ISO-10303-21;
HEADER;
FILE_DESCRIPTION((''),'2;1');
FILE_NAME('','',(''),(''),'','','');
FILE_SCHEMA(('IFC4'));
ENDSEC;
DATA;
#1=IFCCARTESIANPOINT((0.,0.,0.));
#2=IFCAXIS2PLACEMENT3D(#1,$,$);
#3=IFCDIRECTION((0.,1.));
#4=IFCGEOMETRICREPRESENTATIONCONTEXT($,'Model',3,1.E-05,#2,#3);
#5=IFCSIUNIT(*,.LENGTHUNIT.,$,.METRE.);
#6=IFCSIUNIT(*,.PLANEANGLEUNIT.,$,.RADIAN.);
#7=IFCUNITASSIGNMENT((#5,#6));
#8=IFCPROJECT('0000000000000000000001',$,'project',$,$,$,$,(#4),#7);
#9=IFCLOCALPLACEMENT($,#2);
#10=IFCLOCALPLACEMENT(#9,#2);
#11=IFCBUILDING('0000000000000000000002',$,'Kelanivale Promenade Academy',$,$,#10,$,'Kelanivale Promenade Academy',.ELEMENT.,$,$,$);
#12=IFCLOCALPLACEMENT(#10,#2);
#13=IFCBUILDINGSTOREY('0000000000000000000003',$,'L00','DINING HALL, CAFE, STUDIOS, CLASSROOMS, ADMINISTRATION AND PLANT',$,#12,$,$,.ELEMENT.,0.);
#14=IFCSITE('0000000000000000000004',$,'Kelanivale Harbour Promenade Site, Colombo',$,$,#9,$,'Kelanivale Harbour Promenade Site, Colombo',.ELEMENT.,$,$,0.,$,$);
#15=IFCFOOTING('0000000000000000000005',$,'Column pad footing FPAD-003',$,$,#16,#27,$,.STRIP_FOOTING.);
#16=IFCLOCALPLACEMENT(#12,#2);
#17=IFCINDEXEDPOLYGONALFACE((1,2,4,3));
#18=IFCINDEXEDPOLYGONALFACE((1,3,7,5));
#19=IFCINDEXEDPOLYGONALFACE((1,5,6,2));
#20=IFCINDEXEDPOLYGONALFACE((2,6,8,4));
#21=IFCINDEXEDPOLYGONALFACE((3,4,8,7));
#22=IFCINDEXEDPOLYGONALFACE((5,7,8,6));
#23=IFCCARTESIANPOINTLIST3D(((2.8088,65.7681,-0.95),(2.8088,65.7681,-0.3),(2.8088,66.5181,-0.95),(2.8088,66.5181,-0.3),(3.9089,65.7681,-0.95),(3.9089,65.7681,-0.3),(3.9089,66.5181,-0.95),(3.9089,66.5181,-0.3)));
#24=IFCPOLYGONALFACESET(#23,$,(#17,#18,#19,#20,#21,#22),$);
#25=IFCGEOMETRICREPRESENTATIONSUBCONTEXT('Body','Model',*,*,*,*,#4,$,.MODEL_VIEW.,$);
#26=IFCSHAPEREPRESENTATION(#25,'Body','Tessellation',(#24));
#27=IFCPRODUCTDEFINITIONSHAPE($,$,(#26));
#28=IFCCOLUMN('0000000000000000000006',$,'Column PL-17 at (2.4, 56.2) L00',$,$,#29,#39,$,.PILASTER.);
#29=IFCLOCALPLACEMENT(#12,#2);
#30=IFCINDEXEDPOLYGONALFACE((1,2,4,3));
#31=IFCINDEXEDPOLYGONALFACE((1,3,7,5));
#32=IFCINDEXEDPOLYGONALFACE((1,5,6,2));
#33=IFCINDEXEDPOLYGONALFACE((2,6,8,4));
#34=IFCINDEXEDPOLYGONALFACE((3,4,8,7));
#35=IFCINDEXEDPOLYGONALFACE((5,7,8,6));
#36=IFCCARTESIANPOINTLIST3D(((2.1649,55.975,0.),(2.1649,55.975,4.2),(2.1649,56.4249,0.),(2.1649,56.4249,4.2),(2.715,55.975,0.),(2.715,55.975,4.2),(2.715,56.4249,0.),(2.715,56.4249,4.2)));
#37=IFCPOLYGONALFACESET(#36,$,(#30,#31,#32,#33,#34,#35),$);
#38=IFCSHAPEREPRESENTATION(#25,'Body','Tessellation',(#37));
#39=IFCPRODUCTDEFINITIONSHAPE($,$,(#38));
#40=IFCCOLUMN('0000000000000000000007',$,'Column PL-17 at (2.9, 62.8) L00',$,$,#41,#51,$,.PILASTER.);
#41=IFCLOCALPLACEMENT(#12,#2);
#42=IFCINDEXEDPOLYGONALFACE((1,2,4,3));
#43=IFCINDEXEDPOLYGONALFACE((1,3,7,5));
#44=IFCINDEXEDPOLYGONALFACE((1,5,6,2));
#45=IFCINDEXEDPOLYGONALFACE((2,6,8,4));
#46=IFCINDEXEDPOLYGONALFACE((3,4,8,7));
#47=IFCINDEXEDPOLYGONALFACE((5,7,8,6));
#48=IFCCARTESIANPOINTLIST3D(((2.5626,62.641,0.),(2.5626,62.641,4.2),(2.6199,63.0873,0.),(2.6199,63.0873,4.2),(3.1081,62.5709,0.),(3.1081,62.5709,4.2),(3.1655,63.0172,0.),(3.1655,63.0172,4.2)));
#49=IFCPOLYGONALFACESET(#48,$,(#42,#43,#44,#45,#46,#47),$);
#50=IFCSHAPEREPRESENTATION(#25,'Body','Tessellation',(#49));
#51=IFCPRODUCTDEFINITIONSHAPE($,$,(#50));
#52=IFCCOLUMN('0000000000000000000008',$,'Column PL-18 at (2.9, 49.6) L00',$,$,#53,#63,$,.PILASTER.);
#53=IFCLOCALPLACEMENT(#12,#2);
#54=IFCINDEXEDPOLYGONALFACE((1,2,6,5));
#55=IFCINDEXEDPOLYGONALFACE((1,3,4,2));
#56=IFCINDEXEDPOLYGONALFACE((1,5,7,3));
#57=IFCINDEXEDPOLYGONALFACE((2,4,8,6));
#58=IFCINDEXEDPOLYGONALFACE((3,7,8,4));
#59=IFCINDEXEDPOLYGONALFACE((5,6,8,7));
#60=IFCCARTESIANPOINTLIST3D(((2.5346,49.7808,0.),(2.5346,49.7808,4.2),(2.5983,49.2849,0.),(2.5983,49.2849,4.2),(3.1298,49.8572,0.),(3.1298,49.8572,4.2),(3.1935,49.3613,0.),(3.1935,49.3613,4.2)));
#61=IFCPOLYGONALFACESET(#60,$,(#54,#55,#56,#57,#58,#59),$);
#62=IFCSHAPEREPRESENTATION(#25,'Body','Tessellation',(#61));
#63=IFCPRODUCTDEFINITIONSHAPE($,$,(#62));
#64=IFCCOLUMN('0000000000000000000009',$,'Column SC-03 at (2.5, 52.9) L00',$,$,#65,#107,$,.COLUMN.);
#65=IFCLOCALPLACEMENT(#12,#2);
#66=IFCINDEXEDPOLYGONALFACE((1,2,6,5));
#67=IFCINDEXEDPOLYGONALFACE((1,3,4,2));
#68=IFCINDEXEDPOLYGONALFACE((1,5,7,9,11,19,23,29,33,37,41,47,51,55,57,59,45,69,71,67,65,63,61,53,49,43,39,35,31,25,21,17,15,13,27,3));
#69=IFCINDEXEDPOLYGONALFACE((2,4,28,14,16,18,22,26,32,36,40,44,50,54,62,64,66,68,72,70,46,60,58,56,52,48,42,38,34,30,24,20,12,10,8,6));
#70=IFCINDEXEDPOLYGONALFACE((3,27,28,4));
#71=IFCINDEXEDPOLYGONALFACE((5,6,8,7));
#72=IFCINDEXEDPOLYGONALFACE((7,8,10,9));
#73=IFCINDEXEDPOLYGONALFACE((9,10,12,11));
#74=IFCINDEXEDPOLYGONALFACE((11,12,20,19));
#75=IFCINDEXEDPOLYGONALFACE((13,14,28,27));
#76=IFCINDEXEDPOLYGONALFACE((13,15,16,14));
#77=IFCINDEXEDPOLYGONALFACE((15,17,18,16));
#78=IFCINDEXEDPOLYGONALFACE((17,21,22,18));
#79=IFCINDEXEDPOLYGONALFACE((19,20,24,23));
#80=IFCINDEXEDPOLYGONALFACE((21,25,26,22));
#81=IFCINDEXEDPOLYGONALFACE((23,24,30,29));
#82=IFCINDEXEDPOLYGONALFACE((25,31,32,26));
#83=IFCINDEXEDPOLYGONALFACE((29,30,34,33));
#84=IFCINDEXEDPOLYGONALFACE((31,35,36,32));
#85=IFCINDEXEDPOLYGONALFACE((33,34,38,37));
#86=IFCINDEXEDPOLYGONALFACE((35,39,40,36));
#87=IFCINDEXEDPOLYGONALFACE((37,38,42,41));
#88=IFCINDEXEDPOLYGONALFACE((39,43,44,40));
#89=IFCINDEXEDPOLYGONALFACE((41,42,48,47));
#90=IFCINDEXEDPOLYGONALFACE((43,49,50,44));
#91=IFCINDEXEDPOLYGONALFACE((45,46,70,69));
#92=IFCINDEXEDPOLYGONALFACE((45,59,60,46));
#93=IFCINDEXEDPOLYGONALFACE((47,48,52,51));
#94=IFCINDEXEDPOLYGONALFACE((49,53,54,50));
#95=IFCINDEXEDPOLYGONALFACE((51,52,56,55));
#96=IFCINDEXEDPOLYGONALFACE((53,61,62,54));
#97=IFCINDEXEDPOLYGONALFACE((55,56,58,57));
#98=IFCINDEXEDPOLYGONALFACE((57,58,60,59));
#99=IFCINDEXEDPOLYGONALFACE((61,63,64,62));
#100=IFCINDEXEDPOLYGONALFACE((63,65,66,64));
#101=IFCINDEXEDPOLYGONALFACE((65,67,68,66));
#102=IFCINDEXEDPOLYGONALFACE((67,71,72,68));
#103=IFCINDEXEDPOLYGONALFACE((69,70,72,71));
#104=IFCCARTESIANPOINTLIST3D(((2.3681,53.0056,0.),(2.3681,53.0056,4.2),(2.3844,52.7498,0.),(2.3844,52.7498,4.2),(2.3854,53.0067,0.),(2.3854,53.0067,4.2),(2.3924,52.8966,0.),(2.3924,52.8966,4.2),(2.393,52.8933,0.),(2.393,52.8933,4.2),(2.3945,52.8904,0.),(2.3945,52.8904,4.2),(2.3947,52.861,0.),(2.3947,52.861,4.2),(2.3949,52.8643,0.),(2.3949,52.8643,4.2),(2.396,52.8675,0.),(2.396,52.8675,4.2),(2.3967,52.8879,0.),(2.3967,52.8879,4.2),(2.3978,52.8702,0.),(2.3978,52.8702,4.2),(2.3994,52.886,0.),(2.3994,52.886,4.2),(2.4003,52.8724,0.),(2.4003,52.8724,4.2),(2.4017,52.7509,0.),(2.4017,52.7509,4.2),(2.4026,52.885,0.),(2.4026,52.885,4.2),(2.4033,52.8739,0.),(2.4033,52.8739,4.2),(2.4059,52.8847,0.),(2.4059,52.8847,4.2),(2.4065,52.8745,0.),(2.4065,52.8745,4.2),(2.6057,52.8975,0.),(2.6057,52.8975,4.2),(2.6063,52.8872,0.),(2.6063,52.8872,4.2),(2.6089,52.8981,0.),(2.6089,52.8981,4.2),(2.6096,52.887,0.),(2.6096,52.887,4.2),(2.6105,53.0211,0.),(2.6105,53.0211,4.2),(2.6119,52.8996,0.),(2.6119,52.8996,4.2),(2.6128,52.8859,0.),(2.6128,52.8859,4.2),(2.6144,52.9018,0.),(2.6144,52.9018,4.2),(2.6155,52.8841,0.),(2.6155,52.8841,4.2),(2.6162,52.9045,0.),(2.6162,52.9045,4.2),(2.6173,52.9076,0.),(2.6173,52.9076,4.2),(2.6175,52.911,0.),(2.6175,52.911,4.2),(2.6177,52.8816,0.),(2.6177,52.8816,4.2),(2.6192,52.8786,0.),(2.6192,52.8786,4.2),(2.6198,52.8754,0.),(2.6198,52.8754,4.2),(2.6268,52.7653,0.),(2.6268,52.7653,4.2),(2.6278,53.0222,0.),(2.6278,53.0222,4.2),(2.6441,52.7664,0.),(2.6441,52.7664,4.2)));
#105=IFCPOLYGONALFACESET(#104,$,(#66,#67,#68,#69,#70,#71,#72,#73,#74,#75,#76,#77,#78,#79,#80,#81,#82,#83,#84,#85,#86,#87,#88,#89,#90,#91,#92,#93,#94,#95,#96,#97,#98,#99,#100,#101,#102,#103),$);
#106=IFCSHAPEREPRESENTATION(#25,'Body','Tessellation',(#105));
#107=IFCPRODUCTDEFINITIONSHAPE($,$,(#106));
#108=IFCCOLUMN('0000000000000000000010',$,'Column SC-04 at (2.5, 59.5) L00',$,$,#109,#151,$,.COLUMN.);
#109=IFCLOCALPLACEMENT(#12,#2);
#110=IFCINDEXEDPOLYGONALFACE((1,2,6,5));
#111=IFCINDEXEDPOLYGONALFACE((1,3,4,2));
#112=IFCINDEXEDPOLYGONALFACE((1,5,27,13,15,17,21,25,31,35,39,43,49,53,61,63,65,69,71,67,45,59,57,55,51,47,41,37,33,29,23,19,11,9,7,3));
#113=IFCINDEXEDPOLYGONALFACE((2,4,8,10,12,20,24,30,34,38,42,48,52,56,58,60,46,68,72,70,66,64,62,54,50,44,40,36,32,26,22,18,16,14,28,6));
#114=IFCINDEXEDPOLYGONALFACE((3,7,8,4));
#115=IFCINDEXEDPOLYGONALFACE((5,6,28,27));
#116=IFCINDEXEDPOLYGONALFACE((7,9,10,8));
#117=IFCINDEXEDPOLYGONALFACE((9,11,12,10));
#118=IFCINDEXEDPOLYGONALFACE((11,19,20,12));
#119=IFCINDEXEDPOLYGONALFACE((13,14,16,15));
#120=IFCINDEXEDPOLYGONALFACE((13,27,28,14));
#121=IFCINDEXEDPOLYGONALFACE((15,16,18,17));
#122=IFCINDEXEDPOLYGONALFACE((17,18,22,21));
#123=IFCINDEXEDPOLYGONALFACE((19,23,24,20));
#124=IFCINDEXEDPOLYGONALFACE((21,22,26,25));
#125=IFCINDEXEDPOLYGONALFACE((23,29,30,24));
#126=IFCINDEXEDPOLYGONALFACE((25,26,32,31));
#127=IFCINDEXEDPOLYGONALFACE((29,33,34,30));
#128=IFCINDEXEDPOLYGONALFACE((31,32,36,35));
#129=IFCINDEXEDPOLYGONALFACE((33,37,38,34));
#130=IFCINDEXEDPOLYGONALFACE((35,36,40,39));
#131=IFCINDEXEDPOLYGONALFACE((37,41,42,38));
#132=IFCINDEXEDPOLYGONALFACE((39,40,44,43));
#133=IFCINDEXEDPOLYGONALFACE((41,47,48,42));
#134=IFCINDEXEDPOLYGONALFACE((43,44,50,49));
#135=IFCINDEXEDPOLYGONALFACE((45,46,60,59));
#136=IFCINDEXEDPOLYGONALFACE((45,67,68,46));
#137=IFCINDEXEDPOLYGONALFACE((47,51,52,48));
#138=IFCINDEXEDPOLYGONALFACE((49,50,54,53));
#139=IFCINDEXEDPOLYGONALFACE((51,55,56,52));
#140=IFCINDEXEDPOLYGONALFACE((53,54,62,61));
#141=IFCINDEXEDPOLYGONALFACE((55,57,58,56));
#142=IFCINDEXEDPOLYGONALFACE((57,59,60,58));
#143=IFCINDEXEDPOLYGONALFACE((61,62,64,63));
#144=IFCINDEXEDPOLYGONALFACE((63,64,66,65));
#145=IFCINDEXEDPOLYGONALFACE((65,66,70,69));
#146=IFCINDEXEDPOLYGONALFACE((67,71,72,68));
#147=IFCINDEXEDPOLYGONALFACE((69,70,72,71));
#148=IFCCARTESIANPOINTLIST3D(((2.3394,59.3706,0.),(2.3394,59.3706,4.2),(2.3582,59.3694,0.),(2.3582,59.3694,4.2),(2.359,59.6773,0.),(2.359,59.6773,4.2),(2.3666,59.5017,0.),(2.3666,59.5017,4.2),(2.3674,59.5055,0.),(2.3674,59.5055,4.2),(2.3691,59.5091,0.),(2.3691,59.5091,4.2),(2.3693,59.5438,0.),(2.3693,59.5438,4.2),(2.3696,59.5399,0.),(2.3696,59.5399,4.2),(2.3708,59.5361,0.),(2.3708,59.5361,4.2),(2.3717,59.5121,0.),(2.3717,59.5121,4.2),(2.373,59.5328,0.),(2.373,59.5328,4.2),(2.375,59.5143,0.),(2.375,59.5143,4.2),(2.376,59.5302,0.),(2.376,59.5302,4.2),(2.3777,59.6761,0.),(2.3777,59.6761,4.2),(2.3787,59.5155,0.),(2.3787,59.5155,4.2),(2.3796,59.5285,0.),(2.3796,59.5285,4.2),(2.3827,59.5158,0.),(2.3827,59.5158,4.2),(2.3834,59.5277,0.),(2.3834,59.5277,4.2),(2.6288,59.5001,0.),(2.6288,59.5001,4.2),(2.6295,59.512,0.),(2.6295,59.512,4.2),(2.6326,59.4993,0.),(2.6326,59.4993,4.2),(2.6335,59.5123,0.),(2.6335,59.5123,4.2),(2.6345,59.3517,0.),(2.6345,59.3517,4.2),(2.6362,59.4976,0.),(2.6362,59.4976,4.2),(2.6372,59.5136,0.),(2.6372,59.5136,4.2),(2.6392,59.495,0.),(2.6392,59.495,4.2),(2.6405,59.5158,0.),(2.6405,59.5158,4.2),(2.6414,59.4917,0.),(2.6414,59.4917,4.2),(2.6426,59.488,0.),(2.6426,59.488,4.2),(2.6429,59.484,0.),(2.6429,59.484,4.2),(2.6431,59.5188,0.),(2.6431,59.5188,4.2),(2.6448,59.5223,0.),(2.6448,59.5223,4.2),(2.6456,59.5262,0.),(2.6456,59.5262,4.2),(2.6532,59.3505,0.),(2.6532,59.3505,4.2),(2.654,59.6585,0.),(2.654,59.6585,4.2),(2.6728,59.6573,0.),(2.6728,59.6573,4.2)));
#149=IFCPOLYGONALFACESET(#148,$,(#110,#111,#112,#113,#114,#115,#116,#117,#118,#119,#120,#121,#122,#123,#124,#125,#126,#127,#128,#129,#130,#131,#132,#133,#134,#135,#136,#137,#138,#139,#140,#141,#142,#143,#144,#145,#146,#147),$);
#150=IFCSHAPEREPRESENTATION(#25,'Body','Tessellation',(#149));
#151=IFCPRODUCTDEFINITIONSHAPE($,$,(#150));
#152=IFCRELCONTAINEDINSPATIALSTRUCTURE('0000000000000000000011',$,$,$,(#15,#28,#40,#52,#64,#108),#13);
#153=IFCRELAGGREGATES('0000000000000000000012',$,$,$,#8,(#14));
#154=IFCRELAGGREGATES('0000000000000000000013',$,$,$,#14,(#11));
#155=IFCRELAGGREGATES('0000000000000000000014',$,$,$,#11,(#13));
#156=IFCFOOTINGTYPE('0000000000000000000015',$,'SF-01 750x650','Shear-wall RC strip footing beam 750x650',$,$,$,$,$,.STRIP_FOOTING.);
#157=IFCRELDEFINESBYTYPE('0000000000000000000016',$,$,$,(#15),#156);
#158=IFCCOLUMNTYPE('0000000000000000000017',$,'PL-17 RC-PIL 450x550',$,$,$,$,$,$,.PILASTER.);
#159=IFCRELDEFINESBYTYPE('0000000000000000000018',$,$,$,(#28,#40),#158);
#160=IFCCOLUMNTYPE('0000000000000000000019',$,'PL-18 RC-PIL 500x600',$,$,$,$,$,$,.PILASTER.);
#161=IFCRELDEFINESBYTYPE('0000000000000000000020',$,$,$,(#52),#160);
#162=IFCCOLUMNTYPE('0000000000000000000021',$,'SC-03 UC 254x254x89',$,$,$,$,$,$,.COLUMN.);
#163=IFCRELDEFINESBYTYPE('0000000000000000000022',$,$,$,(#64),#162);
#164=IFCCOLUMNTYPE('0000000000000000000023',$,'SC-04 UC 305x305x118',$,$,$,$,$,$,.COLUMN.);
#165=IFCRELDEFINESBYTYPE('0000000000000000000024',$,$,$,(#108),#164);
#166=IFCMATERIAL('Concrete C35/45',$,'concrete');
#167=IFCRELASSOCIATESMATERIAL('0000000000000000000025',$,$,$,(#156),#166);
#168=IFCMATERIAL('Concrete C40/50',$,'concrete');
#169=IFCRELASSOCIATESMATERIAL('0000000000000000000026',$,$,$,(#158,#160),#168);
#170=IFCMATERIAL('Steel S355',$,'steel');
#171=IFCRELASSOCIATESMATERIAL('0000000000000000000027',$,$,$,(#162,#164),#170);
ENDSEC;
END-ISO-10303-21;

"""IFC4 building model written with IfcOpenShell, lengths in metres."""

from ifc_helpers import new_model, si_unit, direction, frame, origin, origin_2d, place, context, subcontext, project, spatial, rectangle, i_section, extrude, material, material_profile, profile_set, type_object, element, save


model = new_model("IFC4")

# Units and contexts
model_context = context("Model", 3, precision=1e-05, world=origin(), true_north=direction((0.0, 1.0)))
body_context = subcontext(model_context, "Body", "Model", "MODEL_VIEW")
ifc_project = project(units=[si_unit("LENGTHUNIT", "METRE"), si_unit("PLANEANGLEUNIT", "RADIAN")], contexts=[model_context])

# Site, building, storey
site_placement = place(None, origin())
site = spatial("IfcSite", under=ifc_project, at=site_placement, Name="Kelanivale Harbour Promenade Site, Colombo", LongName="Kelanivale Harbour Promenade Site, Colombo", CompositionType="ELEMENT", RefElevation=0.0)
building_placement = place(site_placement, origin())
building = spatial("IfcBuilding", under=site, at=building_placement, Name="Kelanivale Promenade Academy", LongName="Kelanivale Promenade Academy", CompositionType="ELEMENT")
storey_placement = place(building_placement, origin())
storey = spatial("IfcBuildingStorey", under=building, at=storey_placement, Name="L00", Description="DINING HALL, CAFE, STUDIOS, CLASSROOMS, ADMINISTRATION AND PLANT", CompositionType="ELEMENT", Elevation=0.0)

# Shared definitions
ifc_material_1 = material(Name="Concrete C35/45", Category="concrete")

# Footing
footing_type_1 = type_object("IfcFootingType", Name="SF-01 750x650", Description="Shear-wall RC strip footing beam 750x650", PredefinedType="STRIP_FOOTING", material=ifc_material_1)
footing_1_placement = place(storey_placement, frame((3.3589, 66.1431, -0.95), z_axis=(0.0, 0.0, 1.0), x_axis=(1.0, 0.0, 0.0)))
element("IfcFooting", 1, at=footing_1_placement, inside=storey, type_object=footing_type_1, Name="Column pad footing FPAD-003", PredefinedType="STRIP_FOOTING", context=body_context, shape_type="SweptSolid", body=[
    extrude(rectangle(XDim=1.1001, YDim=0.75, at=origin_2d()), origin(), (0.0, 0.0, 1.0), 0.6499),
])

# Columns
ifc_material_2 = material(Name="Concrete C40/50", Category="concrete")
ifc_material_profile_1 = material_profile(ifc_material_2, rectangle(XDim=0.45, YDim=0.55, at=origin_2d()), Name="RC-PIL 450x550")
ifc_profile_set_1 = profile_set([ifc_material_profile_1], Name="Concrete C40/50")
column_type_1 = type_object("IfcColumnType", Name="PL-17 RC-PIL 450x550", PredefinedType="PILASTER", material=ifc_profile_set_1)
for number, where, z_axis, x_axis, name in (
    (2, (2.4399, 56.2, 0.0), (0.0, 0.0, 1.0), (0.0, 1.0, 0.0), "Column PL-17 at (2.4, 56.2) L00"),
    (3, (2.864, 62.8291, 0.0), (0.0, 0.0, 1.0), (0.127411, 0.99185, 0.0), "Column PL-17 at (2.9, 62.8) L00"),
):
    element("IfcColumn", number, at=place(storey_placement, frame(where, z_axis=z_axis, x_axis=x_axis)), inside=storey, type_object=column_type_1, Name=name, PredefinedType="PILASTER", context=body_context, shape_type="SweptSolid", body=[
        extrude(rectangle(XDim=0.45, YDim=0.55, at=origin_2d()), origin(), (0.0, 0.0, 1.0), 4.2),
    ])
ifc_material_profile_2 = material_profile(ifc_material_2, rectangle(XDim=0.5, YDim=0.6001, at=origin_2d()), Name="RC-PIL 500x600")
ifc_profile_set_2 = profile_set([ifc_material_profile_2], Name="Concrete C40/50")
column_type_2 = type_object("IfcColumnType", Name="PL-18 RC-PIL 500x600", PredefinedType="PILASTER", material=ifc_profile_set_2)
column_1_placement = place(storey_placement, frame((2.864, 49.571, 0.0), z_axis=(0.0, 0.0, 1.0), x_axis=(-0.127411, 0.99185, 0.0)))
element("IfcColumn", 4, at=column_1_placement, inside=storey, type_object=column_type_2, Name="Column PL-18 at (2.9, 49.6) L00", PredefinedType="PILASTER", context=body_context, shape_type="SweptSolid", body=[
    extrude(rectangle(XDim=0.5, YDim=0.6001, at=origin_2d()), origin(), (0.0, 0.0, 1.0), 4.2),
])
ifc_material_3 = material(Name="Steel S355", Category="steel")
ifc_material_profile_3 = material_profile(ifc_material_3, i_section(OverallWidth=0.2563, OverallDepth=0.2603, WebThickness=0.0103, FlangeThickness=0.0173, FilletRadius=0.0127, at=origin_2d()), Name="UC 254x254x89")
ifc_profile_set_3 = profile_set([ifc_material_profile_3], Name="Steel S355")
column_type_3 = type_object("IfcColumnType", Name="SC-03 UC 254x254x89", PredefinedType="COLUMN", material=ifc_profile_set_3)
column_2_placement = place(storey_placement, frame((2.5061, 52.886, 0.0), z_axis=(0.0, 0.0, 1.0), x_axis=(-0.063661, 0.997972, 0.0)))
element("IfcColumn", 5, at=column_2_placement, inside=storey, type_object=column_type_3, Name="Column SC-03 at (2.5, 52.9) L00", PredefinedType="COLUMN", context=body_context, shape_type="SweptSolid", body=[
    extrude(i_section(OverallWidth=0.2563, OverallDepth=0.2603, WebThickness=0.0103, FlangeThickness=0.0173, FilletRadius=0.0127, at=origin_2d()), origin(), (0.0, 0.0, 1.0), 4.2),
])
ifc_material_profile_4 = material_profile(ifc_material_3, i_section(OverallWidth=0.3074, OverallDepth=0.3145, WebThickness=0.012, FlangeThickness=0.0188, FilletRadius=0.0151, at=origin_2d()), Name="UC 305x305x118")
ifc_profile_set_4 = profile_set([ifc_material_profile_4], Name="Steel S355")
column_type_4 = type_object("IfcColumnType", Name="SC-04 UC 305x305x118", PredefinedType="COLUMN", material=ifc_profile_set_4)
for number, where, z_axis, x_axis, name in (
    (6, (2.5061, 59.5139, 0.0), (0.0, 0.0, 1.0), (0.063661, 0.997972, 0.0), "Column SC-04 at (2.5, 59.5) L00"),
):
    element("IfcColumn", number, at=place(storey_placement, frame(where, z_axis=z_axis, x_axis=x_axis)), inside=storey, type_object=column_type_4, Name=name, PredefinedType="COLUMN", context=body_context, shape_type="SweptSolid", body=[
        extrude(i_section(OverallWidth=0.3074, OverallDepth=0.3145, WebThickness=0.012, FlangeThickness=0.0188, FilletRadius=0.0151, at=origin_2d()), origin(), (0.0, 0.0, 1.0), 4.2),
    ])

save(model, "model.ifc")
